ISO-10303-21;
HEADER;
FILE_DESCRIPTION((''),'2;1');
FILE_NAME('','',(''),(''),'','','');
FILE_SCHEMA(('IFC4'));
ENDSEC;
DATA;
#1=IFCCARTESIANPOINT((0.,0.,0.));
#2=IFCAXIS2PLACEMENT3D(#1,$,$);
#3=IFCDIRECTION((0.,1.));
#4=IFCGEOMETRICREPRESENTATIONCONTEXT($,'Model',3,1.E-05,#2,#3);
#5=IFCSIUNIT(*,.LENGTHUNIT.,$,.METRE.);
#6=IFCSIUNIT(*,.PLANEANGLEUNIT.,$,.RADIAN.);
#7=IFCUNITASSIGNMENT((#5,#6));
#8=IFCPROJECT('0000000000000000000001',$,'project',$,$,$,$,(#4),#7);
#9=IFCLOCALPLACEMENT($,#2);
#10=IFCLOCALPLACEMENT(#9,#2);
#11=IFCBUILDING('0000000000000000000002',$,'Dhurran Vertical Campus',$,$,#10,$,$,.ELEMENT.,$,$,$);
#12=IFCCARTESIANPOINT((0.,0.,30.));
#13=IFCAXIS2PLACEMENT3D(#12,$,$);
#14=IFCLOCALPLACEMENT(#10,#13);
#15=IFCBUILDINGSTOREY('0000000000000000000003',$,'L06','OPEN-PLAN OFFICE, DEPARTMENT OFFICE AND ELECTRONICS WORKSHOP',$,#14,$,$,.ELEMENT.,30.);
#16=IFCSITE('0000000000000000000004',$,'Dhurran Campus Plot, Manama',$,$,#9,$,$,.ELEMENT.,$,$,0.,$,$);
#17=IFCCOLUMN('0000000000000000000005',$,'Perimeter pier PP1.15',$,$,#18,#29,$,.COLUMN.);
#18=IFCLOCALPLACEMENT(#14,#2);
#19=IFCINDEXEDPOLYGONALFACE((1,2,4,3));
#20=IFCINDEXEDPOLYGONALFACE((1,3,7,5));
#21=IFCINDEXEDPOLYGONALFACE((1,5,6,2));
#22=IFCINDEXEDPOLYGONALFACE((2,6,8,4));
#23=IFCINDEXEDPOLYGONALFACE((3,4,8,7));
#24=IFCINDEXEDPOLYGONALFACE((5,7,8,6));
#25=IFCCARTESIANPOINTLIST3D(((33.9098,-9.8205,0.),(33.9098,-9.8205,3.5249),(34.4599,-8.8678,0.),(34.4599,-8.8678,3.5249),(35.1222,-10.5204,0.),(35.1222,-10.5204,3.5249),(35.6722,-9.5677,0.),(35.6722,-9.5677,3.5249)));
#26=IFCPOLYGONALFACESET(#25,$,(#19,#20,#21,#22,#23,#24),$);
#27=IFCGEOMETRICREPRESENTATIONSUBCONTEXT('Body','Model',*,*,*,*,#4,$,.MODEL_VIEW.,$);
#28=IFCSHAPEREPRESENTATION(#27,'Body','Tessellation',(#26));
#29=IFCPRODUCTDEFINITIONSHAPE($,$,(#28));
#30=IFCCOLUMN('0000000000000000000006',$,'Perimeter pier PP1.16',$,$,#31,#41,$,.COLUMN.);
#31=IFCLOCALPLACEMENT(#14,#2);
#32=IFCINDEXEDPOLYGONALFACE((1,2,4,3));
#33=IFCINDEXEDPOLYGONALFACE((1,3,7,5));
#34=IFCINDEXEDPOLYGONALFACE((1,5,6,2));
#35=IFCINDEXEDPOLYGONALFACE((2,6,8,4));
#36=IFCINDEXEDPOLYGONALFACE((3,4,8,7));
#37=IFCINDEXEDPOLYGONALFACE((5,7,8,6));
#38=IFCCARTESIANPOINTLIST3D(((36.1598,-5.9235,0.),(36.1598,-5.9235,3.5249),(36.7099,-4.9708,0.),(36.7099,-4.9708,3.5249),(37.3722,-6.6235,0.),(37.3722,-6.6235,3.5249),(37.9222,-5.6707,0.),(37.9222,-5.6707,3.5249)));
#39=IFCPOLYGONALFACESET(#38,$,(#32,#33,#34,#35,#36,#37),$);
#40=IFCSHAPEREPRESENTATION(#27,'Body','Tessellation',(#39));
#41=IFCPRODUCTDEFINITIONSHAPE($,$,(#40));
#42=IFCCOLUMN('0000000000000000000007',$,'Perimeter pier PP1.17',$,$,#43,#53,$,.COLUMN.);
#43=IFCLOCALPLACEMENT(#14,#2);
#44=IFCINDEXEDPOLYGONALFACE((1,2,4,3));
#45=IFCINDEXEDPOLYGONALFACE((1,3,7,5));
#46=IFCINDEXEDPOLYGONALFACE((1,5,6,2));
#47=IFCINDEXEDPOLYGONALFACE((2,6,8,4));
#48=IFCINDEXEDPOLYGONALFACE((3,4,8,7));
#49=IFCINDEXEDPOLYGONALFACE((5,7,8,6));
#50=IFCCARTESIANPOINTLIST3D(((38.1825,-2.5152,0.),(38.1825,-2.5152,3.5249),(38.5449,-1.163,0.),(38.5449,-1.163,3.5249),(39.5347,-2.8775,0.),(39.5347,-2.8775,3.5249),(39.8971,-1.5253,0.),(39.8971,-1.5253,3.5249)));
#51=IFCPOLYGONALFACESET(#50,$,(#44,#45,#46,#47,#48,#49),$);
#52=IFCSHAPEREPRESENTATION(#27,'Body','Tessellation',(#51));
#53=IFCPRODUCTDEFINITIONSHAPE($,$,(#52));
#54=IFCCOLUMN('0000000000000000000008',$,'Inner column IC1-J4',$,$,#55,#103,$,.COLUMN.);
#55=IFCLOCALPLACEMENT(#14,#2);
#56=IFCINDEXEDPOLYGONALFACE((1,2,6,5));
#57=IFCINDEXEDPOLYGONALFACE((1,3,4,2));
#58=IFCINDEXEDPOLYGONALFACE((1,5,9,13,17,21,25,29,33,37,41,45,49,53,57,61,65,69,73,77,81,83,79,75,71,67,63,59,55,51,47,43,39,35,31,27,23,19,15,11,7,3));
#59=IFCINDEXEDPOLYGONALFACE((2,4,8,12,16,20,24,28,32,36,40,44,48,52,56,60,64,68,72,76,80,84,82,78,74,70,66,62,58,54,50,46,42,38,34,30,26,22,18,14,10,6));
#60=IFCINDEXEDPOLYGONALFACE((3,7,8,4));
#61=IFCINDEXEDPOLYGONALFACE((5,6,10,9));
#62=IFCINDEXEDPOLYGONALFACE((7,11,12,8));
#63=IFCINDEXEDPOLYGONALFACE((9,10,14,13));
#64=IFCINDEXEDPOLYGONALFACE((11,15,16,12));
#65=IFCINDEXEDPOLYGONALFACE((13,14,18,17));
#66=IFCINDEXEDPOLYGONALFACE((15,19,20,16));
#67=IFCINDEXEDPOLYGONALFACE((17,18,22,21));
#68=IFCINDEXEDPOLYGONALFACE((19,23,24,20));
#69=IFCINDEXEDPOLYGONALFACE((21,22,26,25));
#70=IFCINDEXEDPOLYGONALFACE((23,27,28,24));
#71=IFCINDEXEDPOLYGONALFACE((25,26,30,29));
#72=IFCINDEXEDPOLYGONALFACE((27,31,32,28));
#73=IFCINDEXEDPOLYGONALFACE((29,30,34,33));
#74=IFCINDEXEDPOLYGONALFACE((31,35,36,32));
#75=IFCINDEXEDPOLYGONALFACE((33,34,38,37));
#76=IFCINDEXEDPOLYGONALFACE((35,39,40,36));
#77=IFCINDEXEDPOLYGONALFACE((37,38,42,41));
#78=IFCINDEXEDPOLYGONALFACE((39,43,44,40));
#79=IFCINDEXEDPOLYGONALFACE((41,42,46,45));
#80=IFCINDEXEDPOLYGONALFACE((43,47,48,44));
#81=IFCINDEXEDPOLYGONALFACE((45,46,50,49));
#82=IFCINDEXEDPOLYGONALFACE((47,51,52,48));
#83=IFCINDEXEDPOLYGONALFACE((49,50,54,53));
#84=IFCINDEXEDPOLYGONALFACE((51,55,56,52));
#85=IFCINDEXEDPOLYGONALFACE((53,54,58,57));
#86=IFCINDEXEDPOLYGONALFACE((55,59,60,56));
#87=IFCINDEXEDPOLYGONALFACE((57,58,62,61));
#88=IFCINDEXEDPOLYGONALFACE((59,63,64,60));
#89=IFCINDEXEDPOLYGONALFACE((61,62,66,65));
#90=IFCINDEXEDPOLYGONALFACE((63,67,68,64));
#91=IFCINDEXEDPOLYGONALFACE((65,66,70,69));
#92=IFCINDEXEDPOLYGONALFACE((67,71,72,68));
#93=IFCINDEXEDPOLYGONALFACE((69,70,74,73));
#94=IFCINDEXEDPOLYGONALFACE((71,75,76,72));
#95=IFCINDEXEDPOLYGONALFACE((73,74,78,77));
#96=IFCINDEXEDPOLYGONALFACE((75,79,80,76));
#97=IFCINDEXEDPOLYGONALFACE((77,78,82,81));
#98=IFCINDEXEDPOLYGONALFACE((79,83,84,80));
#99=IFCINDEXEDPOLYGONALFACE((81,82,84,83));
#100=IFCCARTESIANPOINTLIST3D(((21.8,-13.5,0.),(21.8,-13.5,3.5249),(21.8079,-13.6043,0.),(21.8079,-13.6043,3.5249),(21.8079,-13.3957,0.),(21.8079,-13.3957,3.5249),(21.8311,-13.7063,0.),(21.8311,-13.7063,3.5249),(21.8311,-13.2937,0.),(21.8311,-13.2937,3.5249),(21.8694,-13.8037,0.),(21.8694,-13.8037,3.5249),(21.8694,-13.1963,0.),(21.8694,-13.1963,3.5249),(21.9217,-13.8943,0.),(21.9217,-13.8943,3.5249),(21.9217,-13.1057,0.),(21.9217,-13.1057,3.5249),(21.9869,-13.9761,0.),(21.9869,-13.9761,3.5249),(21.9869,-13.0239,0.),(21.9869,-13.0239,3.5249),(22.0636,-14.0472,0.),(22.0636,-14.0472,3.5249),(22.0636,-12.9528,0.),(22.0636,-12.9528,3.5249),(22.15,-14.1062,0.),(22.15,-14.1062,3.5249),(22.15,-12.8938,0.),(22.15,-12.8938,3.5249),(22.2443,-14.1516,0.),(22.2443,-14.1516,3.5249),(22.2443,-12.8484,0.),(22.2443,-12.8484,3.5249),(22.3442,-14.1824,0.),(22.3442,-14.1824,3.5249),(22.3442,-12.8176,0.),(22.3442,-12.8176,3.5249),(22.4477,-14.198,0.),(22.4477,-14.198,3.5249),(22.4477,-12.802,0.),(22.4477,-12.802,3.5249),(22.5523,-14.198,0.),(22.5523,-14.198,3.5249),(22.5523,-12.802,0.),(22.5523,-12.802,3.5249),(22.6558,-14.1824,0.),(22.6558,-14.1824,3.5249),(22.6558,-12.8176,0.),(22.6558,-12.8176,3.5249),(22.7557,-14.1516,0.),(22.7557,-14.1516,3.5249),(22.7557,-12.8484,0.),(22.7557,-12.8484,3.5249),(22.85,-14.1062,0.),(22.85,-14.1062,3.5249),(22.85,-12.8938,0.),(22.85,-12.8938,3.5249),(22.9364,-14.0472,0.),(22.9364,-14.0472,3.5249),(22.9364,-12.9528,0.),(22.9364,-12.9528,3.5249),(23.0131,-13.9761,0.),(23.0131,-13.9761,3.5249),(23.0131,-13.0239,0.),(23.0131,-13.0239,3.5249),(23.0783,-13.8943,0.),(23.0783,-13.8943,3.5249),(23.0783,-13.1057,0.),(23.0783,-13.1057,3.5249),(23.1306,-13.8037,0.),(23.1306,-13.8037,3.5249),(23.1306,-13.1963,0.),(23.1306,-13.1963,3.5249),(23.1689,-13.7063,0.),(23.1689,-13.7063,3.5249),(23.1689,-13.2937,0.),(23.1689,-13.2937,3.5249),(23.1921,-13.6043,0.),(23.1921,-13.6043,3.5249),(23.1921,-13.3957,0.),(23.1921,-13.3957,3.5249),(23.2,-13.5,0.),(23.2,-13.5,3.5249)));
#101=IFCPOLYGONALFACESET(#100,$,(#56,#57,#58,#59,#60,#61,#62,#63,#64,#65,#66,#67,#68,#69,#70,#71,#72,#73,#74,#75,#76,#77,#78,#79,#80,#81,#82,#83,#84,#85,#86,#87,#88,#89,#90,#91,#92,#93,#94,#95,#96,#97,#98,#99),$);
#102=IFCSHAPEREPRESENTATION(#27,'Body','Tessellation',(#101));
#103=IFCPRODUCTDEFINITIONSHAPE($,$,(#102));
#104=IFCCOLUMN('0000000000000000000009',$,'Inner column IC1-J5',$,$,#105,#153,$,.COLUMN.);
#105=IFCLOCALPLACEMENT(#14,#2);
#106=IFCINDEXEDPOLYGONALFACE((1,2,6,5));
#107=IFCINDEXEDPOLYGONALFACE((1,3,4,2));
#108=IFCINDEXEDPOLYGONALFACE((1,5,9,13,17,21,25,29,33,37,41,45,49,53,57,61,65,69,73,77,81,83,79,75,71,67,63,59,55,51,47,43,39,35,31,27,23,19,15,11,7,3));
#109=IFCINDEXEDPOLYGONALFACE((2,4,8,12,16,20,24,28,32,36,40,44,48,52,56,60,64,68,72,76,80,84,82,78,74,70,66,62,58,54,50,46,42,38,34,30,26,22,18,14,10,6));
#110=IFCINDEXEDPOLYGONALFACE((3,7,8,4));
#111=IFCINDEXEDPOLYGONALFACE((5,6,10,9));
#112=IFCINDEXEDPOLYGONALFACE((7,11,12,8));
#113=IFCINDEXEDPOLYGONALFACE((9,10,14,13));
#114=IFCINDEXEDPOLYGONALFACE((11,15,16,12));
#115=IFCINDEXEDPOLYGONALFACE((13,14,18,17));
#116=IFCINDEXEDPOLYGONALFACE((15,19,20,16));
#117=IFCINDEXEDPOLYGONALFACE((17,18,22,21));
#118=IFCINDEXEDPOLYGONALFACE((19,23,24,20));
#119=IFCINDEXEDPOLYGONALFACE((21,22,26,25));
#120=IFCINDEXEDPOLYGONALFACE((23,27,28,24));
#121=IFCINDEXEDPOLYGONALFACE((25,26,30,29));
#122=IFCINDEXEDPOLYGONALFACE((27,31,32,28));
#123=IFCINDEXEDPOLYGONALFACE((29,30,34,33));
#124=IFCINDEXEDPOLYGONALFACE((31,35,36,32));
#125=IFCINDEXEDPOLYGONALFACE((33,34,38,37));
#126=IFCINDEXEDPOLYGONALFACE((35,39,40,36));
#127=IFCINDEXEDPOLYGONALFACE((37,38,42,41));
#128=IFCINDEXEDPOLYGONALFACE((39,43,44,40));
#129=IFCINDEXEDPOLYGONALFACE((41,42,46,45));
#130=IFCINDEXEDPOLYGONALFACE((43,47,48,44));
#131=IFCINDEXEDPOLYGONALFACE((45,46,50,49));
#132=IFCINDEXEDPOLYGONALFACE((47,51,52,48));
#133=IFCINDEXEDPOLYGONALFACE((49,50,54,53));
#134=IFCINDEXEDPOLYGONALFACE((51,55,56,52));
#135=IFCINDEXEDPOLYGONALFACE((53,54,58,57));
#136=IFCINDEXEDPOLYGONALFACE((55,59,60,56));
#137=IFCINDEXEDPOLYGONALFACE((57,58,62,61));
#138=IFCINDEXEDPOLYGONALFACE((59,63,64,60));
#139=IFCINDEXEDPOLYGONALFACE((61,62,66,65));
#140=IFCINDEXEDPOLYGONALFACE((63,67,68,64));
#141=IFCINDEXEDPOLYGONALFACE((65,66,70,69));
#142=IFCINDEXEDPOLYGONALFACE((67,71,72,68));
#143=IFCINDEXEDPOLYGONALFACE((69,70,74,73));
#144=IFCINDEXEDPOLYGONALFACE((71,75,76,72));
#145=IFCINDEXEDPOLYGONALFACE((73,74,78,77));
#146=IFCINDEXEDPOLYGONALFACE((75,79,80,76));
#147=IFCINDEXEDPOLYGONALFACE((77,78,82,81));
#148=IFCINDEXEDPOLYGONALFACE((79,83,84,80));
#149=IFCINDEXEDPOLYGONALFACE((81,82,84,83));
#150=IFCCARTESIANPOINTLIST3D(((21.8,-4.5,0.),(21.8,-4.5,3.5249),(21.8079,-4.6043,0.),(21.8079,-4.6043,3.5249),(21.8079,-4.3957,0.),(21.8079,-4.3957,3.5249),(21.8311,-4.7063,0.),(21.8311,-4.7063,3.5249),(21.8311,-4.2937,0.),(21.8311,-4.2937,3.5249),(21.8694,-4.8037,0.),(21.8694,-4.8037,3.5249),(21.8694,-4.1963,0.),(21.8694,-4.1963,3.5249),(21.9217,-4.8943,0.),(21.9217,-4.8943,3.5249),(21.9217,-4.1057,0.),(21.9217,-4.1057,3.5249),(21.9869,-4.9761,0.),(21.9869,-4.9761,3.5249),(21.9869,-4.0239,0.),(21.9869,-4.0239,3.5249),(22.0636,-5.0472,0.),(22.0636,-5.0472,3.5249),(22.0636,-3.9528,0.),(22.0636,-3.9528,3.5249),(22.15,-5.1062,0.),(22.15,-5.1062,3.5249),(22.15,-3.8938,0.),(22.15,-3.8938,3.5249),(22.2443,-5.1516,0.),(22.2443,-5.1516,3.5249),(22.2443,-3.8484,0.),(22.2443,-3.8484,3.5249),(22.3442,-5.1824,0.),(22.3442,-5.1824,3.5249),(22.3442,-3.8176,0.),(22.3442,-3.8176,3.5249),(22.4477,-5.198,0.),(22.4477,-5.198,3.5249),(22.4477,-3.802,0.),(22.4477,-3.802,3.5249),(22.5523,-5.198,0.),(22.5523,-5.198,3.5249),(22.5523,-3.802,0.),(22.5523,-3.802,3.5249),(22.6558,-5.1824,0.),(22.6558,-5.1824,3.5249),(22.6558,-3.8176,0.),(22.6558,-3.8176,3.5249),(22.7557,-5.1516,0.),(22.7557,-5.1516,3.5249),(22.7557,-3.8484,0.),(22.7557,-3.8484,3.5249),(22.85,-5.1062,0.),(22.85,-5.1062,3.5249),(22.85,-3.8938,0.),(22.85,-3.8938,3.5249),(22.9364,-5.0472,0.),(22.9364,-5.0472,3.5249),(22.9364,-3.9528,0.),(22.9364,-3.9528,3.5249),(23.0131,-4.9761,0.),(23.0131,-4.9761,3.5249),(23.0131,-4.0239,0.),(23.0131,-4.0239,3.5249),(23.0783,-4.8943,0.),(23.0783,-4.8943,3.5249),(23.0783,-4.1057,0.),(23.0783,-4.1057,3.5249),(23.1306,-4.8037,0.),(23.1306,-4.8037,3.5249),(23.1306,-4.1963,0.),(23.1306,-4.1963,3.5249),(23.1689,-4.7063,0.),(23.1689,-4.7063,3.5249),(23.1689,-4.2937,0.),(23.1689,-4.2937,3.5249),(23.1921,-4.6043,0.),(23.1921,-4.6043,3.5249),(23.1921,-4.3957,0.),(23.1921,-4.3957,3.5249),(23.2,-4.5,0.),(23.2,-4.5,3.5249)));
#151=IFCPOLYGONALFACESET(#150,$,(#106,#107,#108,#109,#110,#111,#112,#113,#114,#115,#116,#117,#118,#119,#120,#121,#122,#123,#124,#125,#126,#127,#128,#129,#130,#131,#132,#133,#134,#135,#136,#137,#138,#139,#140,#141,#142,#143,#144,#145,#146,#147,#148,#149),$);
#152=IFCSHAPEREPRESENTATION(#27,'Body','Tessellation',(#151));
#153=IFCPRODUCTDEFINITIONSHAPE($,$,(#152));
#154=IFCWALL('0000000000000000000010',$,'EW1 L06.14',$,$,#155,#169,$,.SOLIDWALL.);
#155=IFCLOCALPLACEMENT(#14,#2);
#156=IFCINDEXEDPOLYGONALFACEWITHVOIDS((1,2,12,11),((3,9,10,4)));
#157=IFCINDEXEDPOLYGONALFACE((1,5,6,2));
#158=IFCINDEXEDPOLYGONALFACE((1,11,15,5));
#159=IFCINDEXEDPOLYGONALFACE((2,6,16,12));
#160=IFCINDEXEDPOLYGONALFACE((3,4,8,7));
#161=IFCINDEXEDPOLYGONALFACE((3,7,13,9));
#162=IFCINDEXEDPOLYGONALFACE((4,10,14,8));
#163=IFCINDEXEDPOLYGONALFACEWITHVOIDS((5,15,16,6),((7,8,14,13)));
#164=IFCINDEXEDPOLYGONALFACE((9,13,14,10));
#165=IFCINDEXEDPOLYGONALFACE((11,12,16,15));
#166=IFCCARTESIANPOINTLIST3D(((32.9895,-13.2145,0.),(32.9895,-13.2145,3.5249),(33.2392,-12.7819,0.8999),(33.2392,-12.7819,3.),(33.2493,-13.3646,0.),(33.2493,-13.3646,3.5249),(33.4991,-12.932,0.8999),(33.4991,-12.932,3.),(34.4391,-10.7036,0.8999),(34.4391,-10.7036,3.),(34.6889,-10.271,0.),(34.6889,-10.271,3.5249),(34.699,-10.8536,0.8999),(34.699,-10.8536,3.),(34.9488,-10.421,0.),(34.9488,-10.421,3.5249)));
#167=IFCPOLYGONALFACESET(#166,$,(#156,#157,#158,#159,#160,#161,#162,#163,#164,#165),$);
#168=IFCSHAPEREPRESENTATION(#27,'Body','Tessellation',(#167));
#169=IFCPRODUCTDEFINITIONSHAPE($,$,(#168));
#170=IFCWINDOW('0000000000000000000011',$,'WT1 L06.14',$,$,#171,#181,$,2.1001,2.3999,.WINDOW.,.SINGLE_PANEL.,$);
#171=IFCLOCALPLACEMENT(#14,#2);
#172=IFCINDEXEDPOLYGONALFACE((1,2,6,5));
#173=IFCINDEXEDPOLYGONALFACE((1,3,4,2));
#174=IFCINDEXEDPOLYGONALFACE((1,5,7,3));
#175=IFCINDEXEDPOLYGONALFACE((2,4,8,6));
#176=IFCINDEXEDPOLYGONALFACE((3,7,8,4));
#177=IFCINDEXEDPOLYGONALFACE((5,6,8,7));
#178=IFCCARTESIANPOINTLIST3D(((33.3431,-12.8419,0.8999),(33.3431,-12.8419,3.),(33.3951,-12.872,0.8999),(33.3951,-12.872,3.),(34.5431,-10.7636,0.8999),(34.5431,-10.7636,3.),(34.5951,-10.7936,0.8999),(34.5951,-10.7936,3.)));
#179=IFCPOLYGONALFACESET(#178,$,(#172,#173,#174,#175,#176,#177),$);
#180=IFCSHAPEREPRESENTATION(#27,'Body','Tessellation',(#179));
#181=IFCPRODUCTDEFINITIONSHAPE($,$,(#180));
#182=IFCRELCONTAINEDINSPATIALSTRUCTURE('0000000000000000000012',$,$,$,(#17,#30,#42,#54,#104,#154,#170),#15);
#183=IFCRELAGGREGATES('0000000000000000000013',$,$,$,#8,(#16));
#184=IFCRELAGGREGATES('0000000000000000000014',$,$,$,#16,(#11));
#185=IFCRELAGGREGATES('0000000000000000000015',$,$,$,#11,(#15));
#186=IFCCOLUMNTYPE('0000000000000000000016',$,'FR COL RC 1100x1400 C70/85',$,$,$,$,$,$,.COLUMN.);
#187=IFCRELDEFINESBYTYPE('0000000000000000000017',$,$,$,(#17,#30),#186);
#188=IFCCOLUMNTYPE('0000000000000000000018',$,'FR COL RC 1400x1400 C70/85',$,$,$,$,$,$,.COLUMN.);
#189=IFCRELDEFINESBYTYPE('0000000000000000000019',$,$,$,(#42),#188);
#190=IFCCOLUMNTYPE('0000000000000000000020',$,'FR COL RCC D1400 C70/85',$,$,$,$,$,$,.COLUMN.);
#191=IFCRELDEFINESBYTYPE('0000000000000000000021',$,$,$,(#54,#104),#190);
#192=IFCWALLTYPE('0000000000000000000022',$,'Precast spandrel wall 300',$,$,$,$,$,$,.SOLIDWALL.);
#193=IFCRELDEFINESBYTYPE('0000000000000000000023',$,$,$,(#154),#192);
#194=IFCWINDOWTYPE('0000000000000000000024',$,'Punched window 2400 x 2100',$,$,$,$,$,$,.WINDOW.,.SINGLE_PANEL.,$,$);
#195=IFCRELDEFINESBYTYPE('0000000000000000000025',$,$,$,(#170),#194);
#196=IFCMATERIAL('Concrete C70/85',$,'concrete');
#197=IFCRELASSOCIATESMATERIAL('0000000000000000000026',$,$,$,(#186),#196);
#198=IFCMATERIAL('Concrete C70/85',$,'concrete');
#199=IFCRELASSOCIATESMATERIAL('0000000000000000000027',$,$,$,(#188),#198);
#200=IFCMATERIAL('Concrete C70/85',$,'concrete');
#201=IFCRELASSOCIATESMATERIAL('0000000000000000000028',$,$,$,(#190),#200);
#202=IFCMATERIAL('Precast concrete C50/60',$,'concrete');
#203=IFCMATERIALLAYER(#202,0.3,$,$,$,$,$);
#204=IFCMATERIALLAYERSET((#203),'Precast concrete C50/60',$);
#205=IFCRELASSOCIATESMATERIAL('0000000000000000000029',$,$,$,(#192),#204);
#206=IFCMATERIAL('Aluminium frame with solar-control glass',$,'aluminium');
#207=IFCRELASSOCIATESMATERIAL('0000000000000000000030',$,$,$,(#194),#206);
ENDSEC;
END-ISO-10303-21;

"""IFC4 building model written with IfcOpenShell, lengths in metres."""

from ifc_helpers import new_model, si_unit, direction, frame, frame_2d, origin, origin_2d, place, context, subcontext, project, spatial, rectangle, circle, extrude, material, layer, layer_set, material_profile, profile_set, type_object, element, fill, save


model = new_model("IFC4")

# Units and contexts
model_context = context("Model", 3, precision=1e-05, world=origin(), true_north=direction((0.0, 1.0)))
body_context = subcontext(model_context, "Body", "Model", "MODEL_VIEW")
ifc_project = project(units=[si_unit("LENGTHUNIT", "METRE"), si_unit("PLANEANGLEUNIT", "RADIAN")], contexts=[model_context])

# Site, building, storey
site_placement = place(None, origin())
site = spatial("IfcSite", under=ifc_project, at=site_placement, Name="Dhurran Campus Plot, Manama", CompositionType="ELEMENT", RefElevation=0.0)
building_placement = place(site_placement, origin())
building = spatial("IfcBuilding", under=site, at=building_placement, Name="Dhurran Vertical Campus", CompositionType="ELEMENT")
storey_placement = place(building_placement, frame((0.0, 0.0, 30.0)))
storey = spatial("IfcBuildingStorey", under=building, at=storey_placement, Name="L06", Description="OPEN-PLAN OFFICE, DEPARTMENT OFFICE AND ELECTRONICS WORKSHOP", CompositionType="ELEMENT", Elevation=30.0)

# Columns
ifc_material_1 = material(Name="Concrete C70/85", Category="concrete")
ifc_material_profile_1 = material_profile(ifc_material_1, rectangle(XDim=1.1001, YDim=1.3999, at=origin_2d()), Name="RC 1100x1400")
ifc_profile_set_1 = profile_set([ifc_material_profile_1], Name="Concrete C70/85")
column_type_1 = type_object("IfcColumnType", Name="FR COL RC 1100x1400 C70/85", PredefinedType="COLUMN", material=ifc_profile_set_1)
for number, where, z_axis, x_axis, name in (
    (1, (34.791, -9.6941, 0.0), (0.0, 0.0, 1.0), (0.5, 0.866025, 0.0), "Perimeter pier PP1.15"),
    (2, (37.041, -5.7971, 0.0), (0.0, 0.0, 1.0), (0.5, 0.866025, 0.0), "Perimeter pier PP1.16"),
):
    element("IfcColumn", number, at=place(storey_placement, frame(where, z_axis=z_axis, x_axis=x_axis)), inside=storey, type_object=column_type_1, Name=name, PredefinedType="COLUMN", context=body_context, shape_type="SweptSolid", body=[
        extrude(rectangle(XDim=1.1001, YDim=1.3999, at=origin_2d()), origin(), (0.0, 0.0, 1.0), 3.5249),
    ])
ifc_material_2 = material(Name="Concrete C70/85", Category="concrete")
ifc_material_profile_2 = material_profile(ifc_material_2, rectangle(XDim=1.3999, YDim=1.3999, at=origin_2d()), Name="RC 1400x1400")
ifc_profile_set_2 = profile_set([ifc_material_profile_2], Name="Concrete C70/85")
column_type_2 = type_object("IfcColumnType", Name="FR COL RC 1400x1400 C70/85", PredefinedType="COLUMN", material=ifc_profile_set_2)
column_placement = place(storey_placement, frame((39.0398, -2.0203, 0.0), z_axis=(0.0, 0.0, 1.0), x_axis=(0.258819, 0.965926, 0.0)))
element("IfcColumn", 3, at=column_placement, inside=storey, type_object=column_type_2, Name="Perimeter pier PP1.17", PredefinedType="COLUMN", context=body_context, shape_type="SweptSolid", body=[
    extrude(rectangle(XDim=1.3999, YDim=1.3999, at=origin_2d()), origin(), (0.0, 0.0, 1.0), 3.5249),
])
ifc_material_3 = material(Name="Concrete C70/85", Category="concrete")
ifc_material_profile_3 = material_profile(ifc_material_3, circle(Radius=0.7, at=origin_2d()), Name="RCC D1400")
ifc_profile_set_3 = profile_set([ifc_material_profile_3], Name="Concrete C70/85")
column_type_3 = type_object("IfcColumnType", Name="FR COL RCC D1400 C70/85", PredefinedType="COLUMN", material=ifc_profile_set_3)
for number, where, z_axis, x_axis, name in (
    (4, (22.5, -13.5, 0.0), (0.0, 0.0, 1.0), (1.0, 0.0, 0.0), "Inner column IC1-J4"),
    (5, (22.5, -4.5, 0.0), (0.0, 0.0, 1.0), (1.0, 0.0, 0.0), "Inner column IC1-J5"),
):
    element("IfcColumn", number, at=place(storey_placement, frame(where, z_axis=z_axis, x_axis=x_axis)), inside=storey, type_object=column_type_3, Name=name, PredefinedType="COLUMN", context=body_context, shape_type="SweptSolid", body=[
        extrude(circle(Radius=0.7, at=origin_2d()), origin(), (0.0, 0.0, 1.0), 3.5249),
    ])

# Wall, opening, window
ifc_material_4 = material(Name="Precast concrete C50/60", Category="concrete")
ifc_layer_1 = layer(ifc_material_4, 0.3)
ifc_layer_set_1 = layer_set([ifc_layer_1], Name="Precast concrete C50/60")
wall_type_1 = type_object("IfcWallType", Name="Precast spandrel wall 300", PredefinedType="SOLIDWALL", material=ifc_layer_set_1)
wall_1_placement = place(storey_placement, frame((33.1194, -13.2896, 0.0), z_axis=(0.0, 0.0, 1.0), x_axis=(0.499994, 0.866029, 0.0)))
wall_1 = element("IfcWall", 6, at=wall_1_placement, inside=storey, type_object=wall_type_1, Name="EW1 L06.14", PredefinedType="SOLIDWALL", context=body_context, shape_type="SweptSolid", body=[
    extrude(rectangle(XDim=3.3989, YDim=0.3, at=frame_2d((1.6995, 0.0))), origin(), (0.0, 0.0, 1.0), 3.5249),
])
opening_1_placement = place(wall_1_placement, frame((0.4995, 0.0, 0.8999)))
opening_1 = element("IfcOpeningElement", 7, at=opening_1_placement, cuts=wall_1, PredefinedType="OPENING", context=body_context, shape_type="SweptSolid", body=[
    extrude(rectangle(XDim=2.3999, YDim=2.1001, at=frame_2d((1.2, 1.05))), frame((0.0, 0.1599, 0.0), z_axis=(0.0, -1.0, 0.0), x_axis=(1.0, 0.0, 0.0)), (0.0, 0.0, 1.0), 0.3201),
])
ifc_material_5 = material(Name="Aluminium frame with solar-control glass", Category="aluminium")
window_type = type_object("IfcWindowType", Name="Punched window 2400 x 2100", PartitioningType="SINGLE_PANEL", PredefinedType="WINDOW", material=ifc_material_5)
window_1_placement = place(opening_1_placement, origin())
window_1 = element("IfcWindow", 8, at=window_1_placement, inside=storey, type_object=window_type, Name="WT1 L06.14", OverallHeight=2.1001, OverallWidth=2.3999, PartitioningType="SINGLE_PANEL", PredefinedType="WINDOW", context=body_context, shape_type="SweptSolid", body=[
    extrude(rectangle(XDim=2.3999, YDim=2.1001, at=frame_2d((1.2, 1.05))), frame((0.0, 0.03, 0.0), z_axis=(0.0, -1.0, 0.0), x_axis=(1.0, 0.0, 0.0)), (0.0, 0.0, 1.0), 0.0601),
])
fill(opening_1, window_1)

save(model, "model.ifc")
